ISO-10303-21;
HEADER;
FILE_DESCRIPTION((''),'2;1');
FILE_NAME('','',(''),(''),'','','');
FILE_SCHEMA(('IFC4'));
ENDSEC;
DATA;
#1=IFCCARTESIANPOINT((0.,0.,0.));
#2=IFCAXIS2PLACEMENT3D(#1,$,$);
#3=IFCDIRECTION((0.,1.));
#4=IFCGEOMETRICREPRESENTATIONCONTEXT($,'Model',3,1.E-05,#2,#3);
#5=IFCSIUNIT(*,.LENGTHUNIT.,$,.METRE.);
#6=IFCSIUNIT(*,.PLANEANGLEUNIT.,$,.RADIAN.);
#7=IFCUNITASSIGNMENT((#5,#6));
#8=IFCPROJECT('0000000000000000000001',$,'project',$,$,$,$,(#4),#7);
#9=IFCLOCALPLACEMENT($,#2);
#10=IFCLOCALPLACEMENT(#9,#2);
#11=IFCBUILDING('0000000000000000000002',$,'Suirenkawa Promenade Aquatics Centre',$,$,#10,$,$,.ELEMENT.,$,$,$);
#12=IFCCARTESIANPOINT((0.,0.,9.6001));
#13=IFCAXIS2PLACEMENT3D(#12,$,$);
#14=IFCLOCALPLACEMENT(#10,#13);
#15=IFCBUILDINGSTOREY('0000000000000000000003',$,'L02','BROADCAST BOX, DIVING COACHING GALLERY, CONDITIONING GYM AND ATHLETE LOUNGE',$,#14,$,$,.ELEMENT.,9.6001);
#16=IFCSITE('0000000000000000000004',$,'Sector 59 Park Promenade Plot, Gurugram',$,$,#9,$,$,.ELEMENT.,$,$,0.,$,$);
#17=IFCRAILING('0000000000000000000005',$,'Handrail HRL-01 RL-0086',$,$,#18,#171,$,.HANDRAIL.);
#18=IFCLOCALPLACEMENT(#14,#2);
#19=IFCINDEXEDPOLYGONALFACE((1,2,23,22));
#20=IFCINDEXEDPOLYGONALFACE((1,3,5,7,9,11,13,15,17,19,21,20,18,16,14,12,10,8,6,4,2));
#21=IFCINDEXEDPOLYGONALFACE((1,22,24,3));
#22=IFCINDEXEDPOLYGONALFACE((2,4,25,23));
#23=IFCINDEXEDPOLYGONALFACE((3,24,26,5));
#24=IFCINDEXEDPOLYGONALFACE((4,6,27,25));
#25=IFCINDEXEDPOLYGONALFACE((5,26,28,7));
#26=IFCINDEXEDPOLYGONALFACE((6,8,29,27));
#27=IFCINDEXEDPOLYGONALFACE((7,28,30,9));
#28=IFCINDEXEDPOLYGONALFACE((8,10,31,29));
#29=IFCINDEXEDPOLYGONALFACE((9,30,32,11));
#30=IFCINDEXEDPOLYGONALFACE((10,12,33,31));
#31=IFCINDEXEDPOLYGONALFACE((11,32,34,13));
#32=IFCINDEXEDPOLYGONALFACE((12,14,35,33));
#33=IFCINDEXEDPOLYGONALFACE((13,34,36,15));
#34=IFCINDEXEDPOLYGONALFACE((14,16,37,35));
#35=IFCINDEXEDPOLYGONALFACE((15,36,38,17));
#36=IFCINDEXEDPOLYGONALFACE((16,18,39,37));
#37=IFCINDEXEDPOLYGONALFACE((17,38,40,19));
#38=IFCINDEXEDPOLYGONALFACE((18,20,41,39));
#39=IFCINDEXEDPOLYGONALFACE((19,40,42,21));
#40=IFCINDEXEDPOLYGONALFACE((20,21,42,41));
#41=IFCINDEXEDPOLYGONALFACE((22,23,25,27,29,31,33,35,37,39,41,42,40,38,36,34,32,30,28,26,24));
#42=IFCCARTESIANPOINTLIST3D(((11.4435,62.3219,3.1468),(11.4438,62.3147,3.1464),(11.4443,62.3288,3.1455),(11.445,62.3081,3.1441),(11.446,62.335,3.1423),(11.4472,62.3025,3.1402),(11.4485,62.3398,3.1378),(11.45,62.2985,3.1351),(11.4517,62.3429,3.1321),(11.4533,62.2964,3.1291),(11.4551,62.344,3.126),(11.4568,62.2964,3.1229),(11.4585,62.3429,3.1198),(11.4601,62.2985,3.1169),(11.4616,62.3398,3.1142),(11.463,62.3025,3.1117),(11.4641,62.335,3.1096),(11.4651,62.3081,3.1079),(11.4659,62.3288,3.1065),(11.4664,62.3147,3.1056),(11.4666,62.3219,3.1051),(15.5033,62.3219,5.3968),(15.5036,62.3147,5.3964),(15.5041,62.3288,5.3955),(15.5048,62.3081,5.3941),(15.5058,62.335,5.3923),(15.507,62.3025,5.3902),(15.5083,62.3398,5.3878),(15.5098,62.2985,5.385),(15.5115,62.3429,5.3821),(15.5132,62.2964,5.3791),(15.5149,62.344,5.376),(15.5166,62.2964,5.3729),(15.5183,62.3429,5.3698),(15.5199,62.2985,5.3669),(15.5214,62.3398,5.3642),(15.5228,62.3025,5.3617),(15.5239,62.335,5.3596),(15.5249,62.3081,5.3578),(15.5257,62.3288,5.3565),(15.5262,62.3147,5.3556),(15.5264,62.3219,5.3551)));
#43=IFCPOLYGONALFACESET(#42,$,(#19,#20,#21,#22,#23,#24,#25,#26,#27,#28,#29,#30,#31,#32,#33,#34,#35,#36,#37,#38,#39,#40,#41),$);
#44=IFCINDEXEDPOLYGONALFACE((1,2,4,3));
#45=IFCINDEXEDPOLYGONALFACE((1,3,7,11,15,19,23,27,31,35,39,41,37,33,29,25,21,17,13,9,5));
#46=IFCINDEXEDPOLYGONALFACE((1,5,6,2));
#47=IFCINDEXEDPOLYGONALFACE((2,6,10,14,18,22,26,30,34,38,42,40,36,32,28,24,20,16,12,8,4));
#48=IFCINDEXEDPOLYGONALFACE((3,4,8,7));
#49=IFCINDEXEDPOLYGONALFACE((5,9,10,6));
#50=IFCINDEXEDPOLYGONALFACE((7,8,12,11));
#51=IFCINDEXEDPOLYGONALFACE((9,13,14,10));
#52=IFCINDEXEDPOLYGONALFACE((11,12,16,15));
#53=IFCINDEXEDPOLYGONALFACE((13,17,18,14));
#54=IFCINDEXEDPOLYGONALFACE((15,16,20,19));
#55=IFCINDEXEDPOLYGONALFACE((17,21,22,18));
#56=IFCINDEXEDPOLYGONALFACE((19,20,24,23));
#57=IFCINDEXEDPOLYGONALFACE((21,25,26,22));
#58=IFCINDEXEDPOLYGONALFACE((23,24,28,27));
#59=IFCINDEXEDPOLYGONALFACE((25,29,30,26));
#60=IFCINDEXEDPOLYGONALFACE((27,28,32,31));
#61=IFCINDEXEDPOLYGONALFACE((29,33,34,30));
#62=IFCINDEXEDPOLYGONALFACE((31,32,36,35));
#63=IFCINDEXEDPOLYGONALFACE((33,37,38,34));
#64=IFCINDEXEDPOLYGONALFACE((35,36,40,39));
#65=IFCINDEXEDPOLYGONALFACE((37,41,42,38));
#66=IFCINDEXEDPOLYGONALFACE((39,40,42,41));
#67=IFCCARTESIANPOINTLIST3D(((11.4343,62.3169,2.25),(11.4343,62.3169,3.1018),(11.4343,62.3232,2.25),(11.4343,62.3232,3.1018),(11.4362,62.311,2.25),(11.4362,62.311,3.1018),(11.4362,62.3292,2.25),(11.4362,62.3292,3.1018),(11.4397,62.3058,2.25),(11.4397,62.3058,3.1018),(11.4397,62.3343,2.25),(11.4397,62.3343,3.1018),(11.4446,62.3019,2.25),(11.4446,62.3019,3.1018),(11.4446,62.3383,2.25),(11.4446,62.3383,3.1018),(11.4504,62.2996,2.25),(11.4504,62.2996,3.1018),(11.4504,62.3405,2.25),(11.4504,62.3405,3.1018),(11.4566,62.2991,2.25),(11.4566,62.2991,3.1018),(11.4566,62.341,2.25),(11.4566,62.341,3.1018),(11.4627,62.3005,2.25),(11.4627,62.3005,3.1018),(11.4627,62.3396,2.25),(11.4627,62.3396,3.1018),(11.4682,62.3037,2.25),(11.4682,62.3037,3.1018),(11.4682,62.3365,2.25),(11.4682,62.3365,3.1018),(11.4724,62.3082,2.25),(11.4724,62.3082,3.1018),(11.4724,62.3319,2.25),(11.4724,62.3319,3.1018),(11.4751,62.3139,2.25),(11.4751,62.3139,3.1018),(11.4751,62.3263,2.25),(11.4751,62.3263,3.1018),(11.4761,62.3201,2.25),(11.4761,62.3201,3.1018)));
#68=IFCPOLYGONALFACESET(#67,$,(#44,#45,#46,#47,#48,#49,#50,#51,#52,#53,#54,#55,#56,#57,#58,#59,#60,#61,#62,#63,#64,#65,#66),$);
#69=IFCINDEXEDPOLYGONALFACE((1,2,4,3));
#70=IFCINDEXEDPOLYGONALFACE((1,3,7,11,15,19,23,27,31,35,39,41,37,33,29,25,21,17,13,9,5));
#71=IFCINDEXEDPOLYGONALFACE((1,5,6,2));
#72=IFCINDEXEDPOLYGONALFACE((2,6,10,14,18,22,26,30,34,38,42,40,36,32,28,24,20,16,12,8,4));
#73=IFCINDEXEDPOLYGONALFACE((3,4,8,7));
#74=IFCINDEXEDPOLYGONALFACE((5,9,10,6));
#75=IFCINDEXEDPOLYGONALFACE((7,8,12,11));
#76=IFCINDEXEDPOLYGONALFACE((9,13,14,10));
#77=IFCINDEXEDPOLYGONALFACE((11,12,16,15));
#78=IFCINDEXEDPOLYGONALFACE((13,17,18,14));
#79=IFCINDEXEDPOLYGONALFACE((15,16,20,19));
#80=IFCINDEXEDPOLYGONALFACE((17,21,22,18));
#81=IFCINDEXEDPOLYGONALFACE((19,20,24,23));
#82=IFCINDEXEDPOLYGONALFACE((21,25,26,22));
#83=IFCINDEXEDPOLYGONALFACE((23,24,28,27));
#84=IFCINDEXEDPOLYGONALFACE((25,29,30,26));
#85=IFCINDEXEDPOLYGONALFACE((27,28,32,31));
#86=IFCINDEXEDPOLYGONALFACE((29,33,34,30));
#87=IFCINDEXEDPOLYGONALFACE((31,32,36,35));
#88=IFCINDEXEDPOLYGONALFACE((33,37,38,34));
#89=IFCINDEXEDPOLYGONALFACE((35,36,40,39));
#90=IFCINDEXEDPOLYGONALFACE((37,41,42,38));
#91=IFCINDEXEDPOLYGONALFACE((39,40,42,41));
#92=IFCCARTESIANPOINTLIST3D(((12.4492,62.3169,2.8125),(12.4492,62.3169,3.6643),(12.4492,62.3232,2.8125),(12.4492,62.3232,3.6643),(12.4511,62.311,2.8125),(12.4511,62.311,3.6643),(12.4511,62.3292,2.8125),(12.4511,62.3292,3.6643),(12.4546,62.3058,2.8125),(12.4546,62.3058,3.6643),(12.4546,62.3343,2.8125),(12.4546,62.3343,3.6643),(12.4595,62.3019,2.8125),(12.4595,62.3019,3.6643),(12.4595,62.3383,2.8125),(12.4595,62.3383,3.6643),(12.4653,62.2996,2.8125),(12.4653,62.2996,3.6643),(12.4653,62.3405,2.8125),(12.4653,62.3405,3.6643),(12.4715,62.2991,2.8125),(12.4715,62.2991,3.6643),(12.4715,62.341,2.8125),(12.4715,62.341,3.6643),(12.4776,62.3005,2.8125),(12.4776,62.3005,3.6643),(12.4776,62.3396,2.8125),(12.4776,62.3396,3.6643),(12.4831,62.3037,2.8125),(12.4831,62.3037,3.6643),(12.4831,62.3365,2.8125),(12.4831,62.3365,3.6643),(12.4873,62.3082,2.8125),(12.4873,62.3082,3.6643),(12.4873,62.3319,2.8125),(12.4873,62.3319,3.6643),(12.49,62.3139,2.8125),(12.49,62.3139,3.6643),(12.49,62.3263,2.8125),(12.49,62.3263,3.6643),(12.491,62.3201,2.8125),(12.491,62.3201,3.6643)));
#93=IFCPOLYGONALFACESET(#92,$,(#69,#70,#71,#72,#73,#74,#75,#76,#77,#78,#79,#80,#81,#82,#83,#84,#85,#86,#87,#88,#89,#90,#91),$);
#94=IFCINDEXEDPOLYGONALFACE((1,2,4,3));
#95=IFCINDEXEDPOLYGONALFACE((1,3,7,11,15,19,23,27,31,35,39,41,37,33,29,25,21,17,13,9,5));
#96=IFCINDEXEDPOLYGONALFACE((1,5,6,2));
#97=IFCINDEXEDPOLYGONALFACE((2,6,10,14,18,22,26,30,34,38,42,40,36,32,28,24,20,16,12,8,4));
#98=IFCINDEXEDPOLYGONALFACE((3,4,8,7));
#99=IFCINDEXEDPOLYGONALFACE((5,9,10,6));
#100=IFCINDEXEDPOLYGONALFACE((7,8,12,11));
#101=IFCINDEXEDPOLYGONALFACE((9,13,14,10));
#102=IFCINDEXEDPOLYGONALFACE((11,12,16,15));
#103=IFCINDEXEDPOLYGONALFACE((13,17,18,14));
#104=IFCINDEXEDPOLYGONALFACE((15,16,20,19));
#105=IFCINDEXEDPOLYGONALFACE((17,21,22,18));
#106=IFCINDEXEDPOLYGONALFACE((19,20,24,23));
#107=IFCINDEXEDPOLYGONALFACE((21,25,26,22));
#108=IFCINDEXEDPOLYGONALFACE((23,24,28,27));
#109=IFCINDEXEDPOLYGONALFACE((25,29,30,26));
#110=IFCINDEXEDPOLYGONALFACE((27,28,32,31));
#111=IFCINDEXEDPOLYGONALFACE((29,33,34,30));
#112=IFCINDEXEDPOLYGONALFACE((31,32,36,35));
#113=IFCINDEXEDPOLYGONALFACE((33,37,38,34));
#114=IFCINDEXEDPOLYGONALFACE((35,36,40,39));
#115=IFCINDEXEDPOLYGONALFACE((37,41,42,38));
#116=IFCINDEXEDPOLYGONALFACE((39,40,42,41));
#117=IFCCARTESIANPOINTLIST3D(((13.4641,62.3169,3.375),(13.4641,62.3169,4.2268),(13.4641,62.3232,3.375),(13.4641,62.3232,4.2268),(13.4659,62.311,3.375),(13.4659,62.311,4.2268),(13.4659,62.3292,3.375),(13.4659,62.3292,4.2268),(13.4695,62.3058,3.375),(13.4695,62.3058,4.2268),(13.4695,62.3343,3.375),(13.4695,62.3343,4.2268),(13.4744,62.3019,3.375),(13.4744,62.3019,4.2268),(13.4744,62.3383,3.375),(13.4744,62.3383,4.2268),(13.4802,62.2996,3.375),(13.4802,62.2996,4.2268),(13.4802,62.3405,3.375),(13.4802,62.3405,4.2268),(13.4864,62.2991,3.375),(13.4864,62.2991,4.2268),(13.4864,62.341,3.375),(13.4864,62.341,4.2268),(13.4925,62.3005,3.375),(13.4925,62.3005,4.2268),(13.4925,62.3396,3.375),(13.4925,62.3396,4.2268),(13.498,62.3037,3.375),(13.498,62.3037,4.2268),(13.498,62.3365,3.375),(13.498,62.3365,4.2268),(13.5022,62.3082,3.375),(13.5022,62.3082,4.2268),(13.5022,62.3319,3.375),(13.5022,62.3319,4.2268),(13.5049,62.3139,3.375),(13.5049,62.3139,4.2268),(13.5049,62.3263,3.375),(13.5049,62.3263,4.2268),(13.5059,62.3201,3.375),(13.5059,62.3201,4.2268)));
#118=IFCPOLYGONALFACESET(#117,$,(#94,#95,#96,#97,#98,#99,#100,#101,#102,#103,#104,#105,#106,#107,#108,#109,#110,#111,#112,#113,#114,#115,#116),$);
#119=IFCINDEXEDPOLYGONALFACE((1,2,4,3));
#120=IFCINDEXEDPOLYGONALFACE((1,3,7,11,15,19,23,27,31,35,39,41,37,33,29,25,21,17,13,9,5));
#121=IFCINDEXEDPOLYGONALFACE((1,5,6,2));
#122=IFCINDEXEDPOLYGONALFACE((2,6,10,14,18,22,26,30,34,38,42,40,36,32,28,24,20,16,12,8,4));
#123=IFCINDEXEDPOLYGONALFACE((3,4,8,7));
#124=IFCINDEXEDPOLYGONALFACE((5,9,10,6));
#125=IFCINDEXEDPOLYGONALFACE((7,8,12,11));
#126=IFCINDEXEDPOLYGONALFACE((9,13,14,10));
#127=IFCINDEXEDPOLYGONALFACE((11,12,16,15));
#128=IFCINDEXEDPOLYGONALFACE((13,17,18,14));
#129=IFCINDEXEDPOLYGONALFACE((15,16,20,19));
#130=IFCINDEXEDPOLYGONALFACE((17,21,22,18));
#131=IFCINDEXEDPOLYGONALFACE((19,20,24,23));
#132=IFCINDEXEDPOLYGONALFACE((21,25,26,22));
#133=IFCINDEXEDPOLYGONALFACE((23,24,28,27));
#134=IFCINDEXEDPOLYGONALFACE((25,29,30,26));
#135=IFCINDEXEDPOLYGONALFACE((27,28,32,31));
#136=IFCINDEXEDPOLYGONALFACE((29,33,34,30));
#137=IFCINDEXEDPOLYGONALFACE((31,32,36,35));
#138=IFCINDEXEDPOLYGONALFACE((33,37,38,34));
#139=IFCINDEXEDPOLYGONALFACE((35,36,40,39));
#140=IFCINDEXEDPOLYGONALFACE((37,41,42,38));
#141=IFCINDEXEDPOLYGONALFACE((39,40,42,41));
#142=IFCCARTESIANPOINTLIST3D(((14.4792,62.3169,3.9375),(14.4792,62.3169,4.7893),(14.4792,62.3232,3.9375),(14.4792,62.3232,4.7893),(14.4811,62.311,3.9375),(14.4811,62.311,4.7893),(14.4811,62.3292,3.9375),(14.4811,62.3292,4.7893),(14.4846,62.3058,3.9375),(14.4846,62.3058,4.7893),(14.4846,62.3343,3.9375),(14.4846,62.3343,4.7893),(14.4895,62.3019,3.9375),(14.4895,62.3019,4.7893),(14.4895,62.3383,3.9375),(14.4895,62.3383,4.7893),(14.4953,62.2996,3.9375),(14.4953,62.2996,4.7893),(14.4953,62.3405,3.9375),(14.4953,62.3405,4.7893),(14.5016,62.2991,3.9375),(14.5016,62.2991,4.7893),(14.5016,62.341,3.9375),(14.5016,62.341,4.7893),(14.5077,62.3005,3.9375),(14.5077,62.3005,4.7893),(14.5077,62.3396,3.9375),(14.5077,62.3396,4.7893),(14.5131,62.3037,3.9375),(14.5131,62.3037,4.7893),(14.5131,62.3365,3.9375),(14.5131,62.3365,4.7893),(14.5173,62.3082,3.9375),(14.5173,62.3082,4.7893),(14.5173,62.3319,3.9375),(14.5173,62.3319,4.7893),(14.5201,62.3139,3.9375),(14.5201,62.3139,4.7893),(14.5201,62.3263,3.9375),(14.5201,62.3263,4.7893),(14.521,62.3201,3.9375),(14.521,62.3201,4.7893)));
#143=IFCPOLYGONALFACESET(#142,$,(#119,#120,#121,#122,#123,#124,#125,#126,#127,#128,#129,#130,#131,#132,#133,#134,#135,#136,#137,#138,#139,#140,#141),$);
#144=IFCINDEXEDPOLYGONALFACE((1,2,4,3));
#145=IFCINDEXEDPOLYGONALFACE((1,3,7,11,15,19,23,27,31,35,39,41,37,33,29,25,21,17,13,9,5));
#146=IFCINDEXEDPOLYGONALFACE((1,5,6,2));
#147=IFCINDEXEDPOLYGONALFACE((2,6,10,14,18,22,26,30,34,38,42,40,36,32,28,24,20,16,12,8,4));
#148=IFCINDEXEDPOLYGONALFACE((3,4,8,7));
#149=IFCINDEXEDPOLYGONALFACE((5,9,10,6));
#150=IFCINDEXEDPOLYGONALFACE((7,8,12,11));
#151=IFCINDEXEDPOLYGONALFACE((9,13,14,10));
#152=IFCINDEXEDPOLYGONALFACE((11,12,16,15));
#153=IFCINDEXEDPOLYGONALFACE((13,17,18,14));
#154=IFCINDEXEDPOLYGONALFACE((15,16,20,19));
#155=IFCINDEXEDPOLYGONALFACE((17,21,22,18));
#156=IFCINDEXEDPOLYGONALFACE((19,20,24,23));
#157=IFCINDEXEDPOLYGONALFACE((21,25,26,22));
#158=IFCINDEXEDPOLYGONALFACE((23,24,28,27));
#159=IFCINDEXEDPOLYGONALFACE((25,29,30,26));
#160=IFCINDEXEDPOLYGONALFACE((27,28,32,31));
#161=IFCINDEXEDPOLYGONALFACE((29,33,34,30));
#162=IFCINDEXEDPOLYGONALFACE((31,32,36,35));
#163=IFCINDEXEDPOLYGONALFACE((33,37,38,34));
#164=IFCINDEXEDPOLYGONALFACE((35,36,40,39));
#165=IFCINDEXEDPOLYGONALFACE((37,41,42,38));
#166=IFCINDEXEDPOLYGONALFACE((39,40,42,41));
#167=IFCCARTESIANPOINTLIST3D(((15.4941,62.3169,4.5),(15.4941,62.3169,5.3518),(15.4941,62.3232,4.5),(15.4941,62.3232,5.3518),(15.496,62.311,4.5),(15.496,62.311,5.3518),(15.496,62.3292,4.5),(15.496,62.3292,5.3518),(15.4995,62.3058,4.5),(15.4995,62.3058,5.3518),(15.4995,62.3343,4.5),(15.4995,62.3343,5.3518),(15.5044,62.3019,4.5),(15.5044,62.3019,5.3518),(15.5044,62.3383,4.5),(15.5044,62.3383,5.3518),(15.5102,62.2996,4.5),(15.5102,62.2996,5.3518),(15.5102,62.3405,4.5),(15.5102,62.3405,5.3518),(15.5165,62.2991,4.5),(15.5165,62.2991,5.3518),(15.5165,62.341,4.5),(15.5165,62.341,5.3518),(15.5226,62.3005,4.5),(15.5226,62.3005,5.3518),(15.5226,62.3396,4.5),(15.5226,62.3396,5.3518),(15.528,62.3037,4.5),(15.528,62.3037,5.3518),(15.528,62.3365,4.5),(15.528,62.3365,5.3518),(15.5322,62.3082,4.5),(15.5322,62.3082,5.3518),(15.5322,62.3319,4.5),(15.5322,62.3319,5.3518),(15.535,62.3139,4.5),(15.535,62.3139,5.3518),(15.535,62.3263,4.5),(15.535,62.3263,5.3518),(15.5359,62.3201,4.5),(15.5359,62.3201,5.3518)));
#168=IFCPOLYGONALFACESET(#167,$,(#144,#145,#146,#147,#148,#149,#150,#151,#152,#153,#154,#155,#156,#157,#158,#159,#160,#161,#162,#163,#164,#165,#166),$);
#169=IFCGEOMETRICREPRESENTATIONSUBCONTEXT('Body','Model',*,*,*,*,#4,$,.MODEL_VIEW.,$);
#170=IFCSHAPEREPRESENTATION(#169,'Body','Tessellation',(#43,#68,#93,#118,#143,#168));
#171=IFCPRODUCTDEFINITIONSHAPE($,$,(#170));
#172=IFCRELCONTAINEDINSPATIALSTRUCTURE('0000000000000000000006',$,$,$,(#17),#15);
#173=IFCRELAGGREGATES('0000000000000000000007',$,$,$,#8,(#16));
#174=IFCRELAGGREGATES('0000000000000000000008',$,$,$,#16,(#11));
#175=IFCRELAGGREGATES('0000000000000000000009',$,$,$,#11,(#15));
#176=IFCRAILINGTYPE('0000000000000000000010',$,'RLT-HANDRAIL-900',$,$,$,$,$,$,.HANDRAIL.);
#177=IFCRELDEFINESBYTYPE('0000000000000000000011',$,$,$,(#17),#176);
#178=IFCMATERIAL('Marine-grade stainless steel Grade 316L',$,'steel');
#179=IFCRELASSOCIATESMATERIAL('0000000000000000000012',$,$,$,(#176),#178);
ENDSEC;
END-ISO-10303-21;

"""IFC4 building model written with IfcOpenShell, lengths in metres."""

from ifc_helpers import new_model, si_unit, direction, frame, origin, origin_2d, place, context, subcontext, project, spatial, circle, extrude, material, type_object, element, save


model = new_model("IFC4")

# Units and contexts
model_context = context("Model", 3, precision=1e-05, world=origin(), true_north=direction((0.0, 1.0)))
body_context = subcontext(model_context, "Body", "Model", "MODEL_VIEW")
ifc_project = project(units=[si_unit("LENGTHUNIT", "METRE"), si_unit("PLANEANGLEUNIT", "RADIAN")], contexts=[model_context])

# Site, building, storey
site_placement = place(None, origin())
site = spatial("IfcSite", under=ifc_project, at=site_placement, Name="Sector 59 Park Promenade Plot, Gurugram", CompositionType="ELEMENT", RefElevation=0.0)
building_placement = place(site_placement, origin())
building = spatial("IfcBuilding", under=site, at=building_placement, Name="Suirenkawa Promenade Aquatics Centre", CompositionType="ELEMENT")
storey_placement = place(building_placement, frame((0.0, 0.0, 9.6001)))
storey = spatial("IfcBuildingStorey", under=building, at=storey_placement, Name="L02", Description="BROADCAST BOX, DIVING COACHING GALLERY, CONDITIONING GYM AND ATHLETE LOUNGE", CompositionType="ELEMENT", Elevation=9.6001)

# Railing
ifc_material_1 = material(Name="Marine-grade stainless steel Grade 316L", Category="steel")
railing_type_1 = type_object("IfcRailingType", Name="RLT-HANDRAIL-900", PredefinedType="HANDRAIL", material=ifc_material_1)
for number, where, name in (
    (1, (11.4551, 62.3201, 2.25), "Handrail HRL-01 RL-0086"),
):
    element("IfcRailing", number, at=place(storey_placement, frame(where)), inside=storey, type_object=railing_type_1, Name=name, PredefinedType="HANDRAIL", context=body_context, shape_type="SweptSolid", body=[
        extrude(circle(Radius=0.0239, at=origin_2d()), frame((0.0, 0.0, 0.876), z_axis=(0.874656, 0.0, 0.484745), x_axis=(0.0, 1.0, 0.0)), (0.0, 0.0, 1.0), 4.6416),
        extrude(circle(Radius=0.021, at=origin_2d()), origin(), (0.0, 0.0, 1.0), 0.8518),
        extrude(circle(Radius=0.021, at=origin_2d()), frame((1.0149, 0.0, 0.5625)), (0.0, 0.0, 1.0), 0.8518),
        extrude(circle(Radius=0.021, at=origin_2d()), frame((2.0298, 0.0, 1.125)), (0.0, 0.0, 1.0), 0.8518),
        extrude(circle(Radius=0.021, at=origin_2d()), frame((3.0449, 0.0, 1.6875)), (0.0, 0.0, 1.0), 0.8518),
        extrude(circle(Radius=0.021, at=origin_2d()), frame((4.0598, 0.0, 2.25)), (0.0, 0.0, 1.0), 0.8518),
    ])

save(model, "model.ifc")
